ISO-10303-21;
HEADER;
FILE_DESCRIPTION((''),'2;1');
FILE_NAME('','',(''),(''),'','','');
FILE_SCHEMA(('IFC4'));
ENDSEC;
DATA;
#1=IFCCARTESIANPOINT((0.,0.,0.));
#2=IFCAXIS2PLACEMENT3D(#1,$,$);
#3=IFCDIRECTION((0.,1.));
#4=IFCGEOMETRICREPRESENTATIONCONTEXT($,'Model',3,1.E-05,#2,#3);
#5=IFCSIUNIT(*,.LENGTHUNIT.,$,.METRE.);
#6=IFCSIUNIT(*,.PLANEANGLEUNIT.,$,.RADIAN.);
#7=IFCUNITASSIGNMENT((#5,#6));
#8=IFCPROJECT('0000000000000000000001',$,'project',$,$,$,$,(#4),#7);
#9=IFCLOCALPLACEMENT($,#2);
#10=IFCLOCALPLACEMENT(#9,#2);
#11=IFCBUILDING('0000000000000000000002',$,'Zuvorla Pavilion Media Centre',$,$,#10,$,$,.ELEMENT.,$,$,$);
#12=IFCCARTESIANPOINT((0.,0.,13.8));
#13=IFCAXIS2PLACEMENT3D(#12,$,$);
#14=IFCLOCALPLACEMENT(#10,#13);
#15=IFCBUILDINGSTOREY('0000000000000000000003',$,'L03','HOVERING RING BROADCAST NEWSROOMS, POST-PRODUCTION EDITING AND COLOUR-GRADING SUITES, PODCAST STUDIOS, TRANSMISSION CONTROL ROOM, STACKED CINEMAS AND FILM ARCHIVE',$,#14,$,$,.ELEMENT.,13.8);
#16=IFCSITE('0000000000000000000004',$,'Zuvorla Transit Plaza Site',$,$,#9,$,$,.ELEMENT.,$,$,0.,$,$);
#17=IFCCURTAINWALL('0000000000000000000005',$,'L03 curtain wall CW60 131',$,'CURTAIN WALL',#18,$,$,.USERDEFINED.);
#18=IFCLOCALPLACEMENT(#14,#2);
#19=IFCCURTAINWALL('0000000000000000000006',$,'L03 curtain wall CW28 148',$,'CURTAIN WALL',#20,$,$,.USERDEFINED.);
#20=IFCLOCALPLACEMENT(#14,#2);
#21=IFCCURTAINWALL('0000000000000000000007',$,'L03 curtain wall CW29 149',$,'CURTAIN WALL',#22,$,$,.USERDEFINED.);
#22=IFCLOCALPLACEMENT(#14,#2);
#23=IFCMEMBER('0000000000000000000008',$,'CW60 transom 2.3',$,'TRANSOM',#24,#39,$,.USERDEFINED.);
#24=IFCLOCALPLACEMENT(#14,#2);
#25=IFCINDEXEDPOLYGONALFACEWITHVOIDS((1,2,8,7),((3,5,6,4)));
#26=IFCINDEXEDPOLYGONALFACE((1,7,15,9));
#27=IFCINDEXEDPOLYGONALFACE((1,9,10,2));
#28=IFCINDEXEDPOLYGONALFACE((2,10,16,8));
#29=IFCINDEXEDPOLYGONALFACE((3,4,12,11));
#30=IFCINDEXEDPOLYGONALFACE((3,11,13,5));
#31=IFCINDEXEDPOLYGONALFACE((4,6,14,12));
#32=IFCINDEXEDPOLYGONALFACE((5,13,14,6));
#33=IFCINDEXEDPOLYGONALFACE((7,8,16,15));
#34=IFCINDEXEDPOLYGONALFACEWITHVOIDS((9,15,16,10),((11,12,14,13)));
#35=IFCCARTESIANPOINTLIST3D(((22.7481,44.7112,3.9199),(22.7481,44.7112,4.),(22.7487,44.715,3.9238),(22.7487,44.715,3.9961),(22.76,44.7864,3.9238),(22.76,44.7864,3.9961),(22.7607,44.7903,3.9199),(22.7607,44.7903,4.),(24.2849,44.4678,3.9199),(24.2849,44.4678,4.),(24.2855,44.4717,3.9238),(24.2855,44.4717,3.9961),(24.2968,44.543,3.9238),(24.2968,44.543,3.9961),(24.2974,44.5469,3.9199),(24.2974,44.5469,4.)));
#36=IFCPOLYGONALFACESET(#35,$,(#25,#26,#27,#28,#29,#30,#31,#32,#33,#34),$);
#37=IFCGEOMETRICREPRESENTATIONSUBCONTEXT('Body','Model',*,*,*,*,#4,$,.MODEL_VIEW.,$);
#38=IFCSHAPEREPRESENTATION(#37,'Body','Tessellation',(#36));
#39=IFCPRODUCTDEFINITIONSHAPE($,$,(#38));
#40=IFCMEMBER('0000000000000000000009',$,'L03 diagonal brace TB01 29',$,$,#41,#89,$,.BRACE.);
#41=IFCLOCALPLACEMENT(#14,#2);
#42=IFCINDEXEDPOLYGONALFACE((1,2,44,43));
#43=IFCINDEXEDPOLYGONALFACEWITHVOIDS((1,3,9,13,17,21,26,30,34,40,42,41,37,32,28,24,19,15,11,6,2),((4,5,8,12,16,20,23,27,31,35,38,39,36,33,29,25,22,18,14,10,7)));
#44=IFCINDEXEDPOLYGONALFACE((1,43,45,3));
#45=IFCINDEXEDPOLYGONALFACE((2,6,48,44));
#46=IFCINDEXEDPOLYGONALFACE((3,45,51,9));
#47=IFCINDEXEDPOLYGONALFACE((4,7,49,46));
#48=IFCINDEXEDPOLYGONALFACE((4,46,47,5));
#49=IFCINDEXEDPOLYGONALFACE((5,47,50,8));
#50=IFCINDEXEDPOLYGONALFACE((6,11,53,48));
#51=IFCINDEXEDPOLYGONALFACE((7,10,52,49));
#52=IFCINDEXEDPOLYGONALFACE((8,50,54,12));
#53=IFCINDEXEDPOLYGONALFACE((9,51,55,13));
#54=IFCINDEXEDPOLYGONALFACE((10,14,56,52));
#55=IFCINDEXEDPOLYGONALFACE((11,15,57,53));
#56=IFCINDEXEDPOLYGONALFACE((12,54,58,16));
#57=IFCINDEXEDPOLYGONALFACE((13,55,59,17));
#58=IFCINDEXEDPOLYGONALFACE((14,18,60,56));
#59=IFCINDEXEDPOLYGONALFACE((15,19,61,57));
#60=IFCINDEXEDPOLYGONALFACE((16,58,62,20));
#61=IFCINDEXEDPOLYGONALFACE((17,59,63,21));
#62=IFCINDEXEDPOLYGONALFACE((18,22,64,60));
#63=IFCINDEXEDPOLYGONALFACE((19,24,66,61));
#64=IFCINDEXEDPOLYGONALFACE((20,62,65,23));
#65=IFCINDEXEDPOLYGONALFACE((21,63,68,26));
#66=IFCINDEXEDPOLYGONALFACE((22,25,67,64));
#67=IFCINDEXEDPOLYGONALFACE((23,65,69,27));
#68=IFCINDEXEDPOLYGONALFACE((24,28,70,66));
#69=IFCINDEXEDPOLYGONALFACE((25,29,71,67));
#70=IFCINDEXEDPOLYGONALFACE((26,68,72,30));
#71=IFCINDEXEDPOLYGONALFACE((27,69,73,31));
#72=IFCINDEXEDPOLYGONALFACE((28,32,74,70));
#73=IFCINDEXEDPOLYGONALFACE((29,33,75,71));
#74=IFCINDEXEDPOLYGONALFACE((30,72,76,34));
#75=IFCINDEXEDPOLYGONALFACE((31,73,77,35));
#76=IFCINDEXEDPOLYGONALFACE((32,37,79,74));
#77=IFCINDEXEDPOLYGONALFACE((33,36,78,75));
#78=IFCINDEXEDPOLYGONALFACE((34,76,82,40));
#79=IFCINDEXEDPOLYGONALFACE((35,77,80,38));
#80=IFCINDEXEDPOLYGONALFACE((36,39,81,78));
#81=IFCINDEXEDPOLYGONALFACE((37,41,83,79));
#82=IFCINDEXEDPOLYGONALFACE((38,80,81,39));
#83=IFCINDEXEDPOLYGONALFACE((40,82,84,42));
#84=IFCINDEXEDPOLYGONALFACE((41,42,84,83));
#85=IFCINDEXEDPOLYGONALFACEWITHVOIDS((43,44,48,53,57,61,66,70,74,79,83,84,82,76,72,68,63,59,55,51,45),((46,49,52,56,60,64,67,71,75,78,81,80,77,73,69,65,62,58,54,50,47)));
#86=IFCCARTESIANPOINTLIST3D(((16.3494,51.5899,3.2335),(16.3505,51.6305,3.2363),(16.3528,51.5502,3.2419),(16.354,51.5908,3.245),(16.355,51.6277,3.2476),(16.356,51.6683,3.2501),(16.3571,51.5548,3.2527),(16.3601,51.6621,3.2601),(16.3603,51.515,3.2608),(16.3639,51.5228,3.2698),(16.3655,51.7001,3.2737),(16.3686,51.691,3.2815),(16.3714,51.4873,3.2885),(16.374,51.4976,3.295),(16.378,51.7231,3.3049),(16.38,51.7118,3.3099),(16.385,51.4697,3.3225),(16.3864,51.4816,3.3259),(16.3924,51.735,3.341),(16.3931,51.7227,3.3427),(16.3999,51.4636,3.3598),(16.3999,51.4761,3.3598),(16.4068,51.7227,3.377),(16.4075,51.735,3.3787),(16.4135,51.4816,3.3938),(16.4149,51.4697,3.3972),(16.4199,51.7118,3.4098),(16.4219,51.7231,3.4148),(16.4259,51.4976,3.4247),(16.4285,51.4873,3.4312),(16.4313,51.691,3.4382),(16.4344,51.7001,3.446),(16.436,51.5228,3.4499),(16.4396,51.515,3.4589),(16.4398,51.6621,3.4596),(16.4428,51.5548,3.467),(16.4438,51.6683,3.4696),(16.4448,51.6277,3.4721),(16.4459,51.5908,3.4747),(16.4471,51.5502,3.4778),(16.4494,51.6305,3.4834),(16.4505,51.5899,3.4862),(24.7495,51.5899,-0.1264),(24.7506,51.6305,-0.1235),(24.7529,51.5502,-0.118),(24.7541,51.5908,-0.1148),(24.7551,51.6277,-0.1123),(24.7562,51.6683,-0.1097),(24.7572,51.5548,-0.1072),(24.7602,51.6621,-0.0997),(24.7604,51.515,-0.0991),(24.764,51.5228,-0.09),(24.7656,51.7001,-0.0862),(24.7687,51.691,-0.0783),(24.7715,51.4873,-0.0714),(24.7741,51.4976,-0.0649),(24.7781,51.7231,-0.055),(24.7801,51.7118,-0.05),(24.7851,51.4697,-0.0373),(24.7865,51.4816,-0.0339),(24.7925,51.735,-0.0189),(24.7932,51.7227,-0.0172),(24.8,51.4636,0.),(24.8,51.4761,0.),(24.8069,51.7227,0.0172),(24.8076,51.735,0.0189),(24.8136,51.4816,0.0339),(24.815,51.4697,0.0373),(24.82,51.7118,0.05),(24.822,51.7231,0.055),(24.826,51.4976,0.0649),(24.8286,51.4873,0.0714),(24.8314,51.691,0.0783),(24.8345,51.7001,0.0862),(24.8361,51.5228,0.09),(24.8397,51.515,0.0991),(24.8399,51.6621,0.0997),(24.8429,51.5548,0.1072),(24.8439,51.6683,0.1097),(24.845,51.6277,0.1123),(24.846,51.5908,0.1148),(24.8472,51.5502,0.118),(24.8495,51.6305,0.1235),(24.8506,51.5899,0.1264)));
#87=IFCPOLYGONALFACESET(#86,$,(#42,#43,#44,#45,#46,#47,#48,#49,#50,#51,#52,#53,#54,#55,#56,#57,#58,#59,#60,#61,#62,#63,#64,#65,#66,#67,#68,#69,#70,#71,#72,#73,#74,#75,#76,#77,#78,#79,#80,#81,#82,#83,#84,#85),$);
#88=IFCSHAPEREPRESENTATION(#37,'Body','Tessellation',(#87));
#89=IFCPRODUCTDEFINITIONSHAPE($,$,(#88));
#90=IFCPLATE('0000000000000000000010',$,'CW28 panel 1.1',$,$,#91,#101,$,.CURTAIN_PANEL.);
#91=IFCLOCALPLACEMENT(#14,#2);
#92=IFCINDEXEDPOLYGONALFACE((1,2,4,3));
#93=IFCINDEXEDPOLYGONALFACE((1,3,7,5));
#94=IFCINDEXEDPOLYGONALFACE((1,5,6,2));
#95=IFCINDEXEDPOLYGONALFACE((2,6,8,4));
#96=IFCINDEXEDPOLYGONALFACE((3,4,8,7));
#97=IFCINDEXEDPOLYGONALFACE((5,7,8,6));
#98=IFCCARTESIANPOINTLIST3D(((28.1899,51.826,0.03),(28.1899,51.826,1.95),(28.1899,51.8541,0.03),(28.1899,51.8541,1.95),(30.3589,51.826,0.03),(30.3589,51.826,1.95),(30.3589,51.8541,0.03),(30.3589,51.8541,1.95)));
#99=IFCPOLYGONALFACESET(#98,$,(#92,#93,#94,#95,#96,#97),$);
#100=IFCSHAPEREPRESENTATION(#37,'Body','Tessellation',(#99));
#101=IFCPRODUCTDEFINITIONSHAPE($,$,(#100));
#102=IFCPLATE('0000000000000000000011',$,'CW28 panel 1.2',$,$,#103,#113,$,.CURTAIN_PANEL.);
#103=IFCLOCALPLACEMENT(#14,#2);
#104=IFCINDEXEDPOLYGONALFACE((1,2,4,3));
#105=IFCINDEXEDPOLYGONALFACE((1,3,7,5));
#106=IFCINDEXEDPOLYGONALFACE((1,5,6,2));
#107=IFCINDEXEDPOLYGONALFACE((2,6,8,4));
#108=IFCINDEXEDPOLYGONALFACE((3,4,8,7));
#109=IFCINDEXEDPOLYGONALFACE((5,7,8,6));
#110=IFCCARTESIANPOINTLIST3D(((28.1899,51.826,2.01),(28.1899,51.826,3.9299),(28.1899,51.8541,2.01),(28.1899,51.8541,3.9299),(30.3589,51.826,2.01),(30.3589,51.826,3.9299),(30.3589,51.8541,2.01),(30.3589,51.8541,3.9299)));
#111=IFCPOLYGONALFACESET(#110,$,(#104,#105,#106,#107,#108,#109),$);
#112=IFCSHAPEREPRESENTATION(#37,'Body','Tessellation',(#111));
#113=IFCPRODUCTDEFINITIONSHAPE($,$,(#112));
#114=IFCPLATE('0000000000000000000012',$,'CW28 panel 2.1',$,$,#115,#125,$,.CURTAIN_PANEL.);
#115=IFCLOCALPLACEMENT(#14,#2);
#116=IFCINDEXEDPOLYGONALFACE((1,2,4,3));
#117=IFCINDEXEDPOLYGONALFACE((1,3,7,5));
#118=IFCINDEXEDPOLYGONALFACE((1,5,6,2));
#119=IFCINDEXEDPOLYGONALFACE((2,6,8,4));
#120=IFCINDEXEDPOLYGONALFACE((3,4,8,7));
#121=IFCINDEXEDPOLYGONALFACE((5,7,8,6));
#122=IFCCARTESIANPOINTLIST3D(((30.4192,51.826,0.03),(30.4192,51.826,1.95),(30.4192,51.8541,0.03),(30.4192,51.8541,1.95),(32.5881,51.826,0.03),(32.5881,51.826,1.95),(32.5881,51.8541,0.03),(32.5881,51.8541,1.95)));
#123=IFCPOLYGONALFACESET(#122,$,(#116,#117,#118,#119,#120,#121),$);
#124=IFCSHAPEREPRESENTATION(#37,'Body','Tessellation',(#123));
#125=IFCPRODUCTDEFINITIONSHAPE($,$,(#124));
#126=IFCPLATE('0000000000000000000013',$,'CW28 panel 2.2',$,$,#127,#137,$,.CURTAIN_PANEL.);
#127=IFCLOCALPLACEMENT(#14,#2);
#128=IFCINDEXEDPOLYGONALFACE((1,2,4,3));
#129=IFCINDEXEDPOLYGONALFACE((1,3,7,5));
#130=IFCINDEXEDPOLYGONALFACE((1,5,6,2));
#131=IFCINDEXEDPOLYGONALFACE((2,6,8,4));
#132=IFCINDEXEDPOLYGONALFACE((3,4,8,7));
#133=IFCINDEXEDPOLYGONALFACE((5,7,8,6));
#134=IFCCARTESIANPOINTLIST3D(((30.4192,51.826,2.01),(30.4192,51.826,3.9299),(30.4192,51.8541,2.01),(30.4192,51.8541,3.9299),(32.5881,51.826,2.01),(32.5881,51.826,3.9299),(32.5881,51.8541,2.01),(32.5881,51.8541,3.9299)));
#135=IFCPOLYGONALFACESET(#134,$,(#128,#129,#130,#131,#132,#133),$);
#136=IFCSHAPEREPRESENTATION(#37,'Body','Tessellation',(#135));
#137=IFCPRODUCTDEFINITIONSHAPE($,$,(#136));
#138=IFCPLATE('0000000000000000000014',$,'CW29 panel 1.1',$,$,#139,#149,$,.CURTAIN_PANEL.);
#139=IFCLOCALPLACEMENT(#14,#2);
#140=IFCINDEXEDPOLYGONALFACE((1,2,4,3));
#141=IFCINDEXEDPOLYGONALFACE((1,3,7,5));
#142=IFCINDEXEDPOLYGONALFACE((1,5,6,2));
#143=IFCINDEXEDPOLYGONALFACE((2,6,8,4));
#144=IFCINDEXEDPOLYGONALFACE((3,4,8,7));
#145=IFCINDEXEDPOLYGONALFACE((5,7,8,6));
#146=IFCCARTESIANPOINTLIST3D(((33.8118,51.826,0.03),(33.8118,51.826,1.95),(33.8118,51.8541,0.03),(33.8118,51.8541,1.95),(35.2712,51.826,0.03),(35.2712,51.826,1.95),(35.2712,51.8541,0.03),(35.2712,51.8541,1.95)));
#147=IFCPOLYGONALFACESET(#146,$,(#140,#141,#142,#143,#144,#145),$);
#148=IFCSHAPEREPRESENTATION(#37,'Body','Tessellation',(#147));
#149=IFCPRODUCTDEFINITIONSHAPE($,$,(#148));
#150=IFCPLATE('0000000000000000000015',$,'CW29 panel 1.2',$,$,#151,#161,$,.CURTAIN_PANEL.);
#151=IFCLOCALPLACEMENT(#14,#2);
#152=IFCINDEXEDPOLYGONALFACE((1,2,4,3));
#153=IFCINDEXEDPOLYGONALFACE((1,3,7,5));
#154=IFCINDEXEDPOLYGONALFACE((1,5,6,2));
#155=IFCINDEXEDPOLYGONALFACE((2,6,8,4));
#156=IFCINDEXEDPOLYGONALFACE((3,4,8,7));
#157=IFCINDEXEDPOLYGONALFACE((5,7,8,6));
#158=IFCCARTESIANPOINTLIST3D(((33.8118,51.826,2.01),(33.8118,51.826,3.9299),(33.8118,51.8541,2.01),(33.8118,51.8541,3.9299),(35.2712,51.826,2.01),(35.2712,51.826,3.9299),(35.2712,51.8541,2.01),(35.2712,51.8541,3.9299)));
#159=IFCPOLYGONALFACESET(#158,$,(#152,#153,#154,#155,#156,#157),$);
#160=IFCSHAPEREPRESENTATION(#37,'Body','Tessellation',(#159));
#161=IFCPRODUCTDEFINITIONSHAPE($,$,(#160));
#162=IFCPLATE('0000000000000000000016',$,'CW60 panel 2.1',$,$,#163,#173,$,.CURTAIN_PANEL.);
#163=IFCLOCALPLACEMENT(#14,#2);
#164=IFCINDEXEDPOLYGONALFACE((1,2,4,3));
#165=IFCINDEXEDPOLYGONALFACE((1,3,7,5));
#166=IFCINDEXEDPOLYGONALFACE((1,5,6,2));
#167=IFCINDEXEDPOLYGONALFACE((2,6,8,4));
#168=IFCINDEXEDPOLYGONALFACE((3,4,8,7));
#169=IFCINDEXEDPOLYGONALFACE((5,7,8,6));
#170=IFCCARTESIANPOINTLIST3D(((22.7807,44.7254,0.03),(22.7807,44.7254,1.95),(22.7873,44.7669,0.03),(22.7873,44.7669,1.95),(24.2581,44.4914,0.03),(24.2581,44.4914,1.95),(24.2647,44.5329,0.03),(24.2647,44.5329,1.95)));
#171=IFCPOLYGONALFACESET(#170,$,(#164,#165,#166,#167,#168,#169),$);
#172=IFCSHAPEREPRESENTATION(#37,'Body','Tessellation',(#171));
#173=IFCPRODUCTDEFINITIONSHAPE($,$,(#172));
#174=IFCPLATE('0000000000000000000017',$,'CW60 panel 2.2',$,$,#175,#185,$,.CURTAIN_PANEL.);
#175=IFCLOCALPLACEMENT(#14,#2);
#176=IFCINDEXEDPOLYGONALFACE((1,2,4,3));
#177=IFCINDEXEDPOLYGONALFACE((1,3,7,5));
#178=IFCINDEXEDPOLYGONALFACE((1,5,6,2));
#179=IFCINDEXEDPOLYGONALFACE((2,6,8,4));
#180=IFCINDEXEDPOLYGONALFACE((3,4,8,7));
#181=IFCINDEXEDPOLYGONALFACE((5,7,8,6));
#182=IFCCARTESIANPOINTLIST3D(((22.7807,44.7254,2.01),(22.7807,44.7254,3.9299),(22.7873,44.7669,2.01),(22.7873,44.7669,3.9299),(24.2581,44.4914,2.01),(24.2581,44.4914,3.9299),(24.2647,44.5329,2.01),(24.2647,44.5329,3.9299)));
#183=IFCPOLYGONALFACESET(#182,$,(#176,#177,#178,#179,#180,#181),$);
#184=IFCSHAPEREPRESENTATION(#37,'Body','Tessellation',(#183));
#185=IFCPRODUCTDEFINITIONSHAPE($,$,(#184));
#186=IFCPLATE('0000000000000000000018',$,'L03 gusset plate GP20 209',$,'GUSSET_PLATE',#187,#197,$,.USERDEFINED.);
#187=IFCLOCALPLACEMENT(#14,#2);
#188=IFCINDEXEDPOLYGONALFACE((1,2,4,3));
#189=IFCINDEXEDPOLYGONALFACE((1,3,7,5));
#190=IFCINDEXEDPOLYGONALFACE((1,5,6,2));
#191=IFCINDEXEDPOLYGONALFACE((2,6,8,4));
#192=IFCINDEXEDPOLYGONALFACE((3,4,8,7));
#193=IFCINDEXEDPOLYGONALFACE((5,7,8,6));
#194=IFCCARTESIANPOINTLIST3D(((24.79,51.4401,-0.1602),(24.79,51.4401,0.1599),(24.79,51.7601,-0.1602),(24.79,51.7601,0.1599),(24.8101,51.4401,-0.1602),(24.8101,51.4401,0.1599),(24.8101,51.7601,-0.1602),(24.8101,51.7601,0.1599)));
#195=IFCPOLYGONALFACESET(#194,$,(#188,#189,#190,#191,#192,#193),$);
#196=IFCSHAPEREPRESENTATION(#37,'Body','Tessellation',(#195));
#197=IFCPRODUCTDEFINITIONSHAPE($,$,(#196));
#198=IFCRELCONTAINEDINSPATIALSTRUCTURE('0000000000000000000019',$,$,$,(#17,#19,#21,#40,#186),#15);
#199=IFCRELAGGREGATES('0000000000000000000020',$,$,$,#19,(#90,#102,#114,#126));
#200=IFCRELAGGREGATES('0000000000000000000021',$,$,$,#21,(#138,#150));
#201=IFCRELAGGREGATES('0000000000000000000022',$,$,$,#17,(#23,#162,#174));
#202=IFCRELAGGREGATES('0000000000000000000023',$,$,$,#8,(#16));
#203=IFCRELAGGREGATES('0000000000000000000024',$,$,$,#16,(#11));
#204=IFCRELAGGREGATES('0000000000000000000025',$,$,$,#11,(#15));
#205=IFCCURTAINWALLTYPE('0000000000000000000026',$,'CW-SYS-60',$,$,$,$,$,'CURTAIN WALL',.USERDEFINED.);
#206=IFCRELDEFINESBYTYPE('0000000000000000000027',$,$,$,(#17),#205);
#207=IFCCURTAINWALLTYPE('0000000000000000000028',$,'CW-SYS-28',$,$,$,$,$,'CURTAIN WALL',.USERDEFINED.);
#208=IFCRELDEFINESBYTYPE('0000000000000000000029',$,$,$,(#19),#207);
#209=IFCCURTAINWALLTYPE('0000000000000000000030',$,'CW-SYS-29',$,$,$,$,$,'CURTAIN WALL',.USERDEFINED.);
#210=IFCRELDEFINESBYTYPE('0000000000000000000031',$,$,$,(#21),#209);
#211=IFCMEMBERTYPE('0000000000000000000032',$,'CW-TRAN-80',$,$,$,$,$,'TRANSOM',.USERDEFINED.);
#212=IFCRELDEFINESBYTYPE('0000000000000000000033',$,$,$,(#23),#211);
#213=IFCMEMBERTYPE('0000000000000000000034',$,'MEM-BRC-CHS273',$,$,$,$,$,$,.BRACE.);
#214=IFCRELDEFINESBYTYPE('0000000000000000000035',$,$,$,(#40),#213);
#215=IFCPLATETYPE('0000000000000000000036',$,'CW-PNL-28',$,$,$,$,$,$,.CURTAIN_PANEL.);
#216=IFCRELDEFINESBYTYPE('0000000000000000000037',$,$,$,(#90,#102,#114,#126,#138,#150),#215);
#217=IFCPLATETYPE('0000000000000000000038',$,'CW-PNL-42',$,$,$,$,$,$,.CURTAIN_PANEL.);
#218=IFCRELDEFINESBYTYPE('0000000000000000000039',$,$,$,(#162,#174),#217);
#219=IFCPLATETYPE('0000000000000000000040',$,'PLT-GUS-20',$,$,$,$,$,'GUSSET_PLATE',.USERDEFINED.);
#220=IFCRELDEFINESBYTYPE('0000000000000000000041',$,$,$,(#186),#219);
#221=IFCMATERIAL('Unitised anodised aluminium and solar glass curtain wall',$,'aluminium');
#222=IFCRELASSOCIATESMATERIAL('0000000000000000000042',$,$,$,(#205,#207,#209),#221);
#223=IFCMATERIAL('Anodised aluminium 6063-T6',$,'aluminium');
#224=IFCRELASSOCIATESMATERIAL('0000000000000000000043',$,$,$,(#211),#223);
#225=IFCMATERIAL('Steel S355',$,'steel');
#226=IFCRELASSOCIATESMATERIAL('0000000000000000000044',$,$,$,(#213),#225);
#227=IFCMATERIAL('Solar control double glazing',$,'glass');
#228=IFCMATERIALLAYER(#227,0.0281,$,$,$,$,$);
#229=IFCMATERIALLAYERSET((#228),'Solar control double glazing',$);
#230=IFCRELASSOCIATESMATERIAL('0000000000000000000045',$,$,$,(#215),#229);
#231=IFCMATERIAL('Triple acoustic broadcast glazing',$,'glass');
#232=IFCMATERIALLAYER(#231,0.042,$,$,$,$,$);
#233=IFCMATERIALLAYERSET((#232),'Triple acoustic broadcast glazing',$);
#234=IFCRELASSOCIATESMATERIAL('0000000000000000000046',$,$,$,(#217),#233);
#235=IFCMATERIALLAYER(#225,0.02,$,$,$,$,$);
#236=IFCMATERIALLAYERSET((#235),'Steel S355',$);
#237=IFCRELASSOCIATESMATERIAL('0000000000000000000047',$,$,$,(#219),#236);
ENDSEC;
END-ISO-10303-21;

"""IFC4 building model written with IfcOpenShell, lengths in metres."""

from ifc_helpers import new_model, si_unit, direction, frame, origin, origin_2d, place, context, subcontext, project, spatial, rectangle, hollow_rectangle, hollow_circle, extrude, material, layer, layer_set, material_profile, profile_set, type_object, element, aggregate, save


model = new_model("IFC4")

# Units and contexts
model_context = context("Model", 3, precision=1e-05, world=origin(), true_north=direction((0.0, 1.0)))
body_context = subcontext(model_context, "Body", "Model", "MODEL_VIEW")
ifc_project = project(units=[si_unit("LENGTHUNIT", "METRE"), si_unit("PLANEANGLEUNIT", "RADIAN")], contexts=[model_context])

# Site, building, storey
site_placement = place(None, origin())
site = spatial("IfcSite", under=ifc_project, at=site_placement, Name="Zuvorla Transit Plaza Site", CompositionType="ELEMENT", RefElevation=0.0)
building_placement = place(site_placement, origin())
building = spatial("IfcBuilding", under=site, at=building_placement, Name="Zuvorla Pavilion Media Centre", CompositionType="ELEMENT")
storey_placement = place(building_placement, frame((0.0, 0.0, 13.8)))
storey = spatial("IfcBuildingStorey", under=building, at=storey_placement, Name="L03", Description="HOVERING RING BROADCAST NEWSROOMS, POST-PRODUCTION EDITING AND COLOUR-GRADING SUITES, PODCAST STUDIOS, TRANSMISSION CONTROL ROOM, STACKED CINEMAS AND FILM ARCHIVE", CompositionType="ELEMENT", Elevation=13.8)

# Shared definitions
ifc_material_1 = material(Name="Steel S355", Category="steel")

# Curtain walls
ifc_material_2 = material(Name="Unitised anodised aluminium and solar glass curtain wall", Category="aluminium")
curtain_wall_type_1 = type_object("IfcCurtainWallType", Name="CW-SYS-60", ElementType="CURTAIN WALL", PredefinedType="USERDEFINED", material=ifc_material_2)
curtain_wall_1_placement = place(storey_placement, origin())
curtain_wall_1 = element("IfcCurtainWall", 1, at=curtain_wall_1_placement, inside=storey, type_object=curtain_wall_type_1, Name="L03 curtain wall CW60 131", ObjectType="CURTAIN WALL", PredefinedType="USERDEFINED")
ifc_material_3 = material(Name="Anodised aluminium 6063-T6", Category="aluminium")
curtain_wall_type_2 = type_object("IfcCurtainWallType", Name="CW-SYS-28", ElementType="CURTAIN WALL", PredefinedType="USERDEFINED", material=ifc_material_2)
curtain_wall_2_placement = place(storey_placement, origin())
curtain_wall_2 = element("IfcCurtainWall", 2, at=curtain_wall_2_placement, inside=storey, type_object=curtain_wall_type_2, Name="L03 curtain wall CW28 148", ObjectType="CURTAIN WALL", PredefinedType="USERDEFINED")
curtain_wall_type_3 = type_object("IfcCurtainWallType", Name="CW-SYS-29", ElementType="CURTAIN WALL", PredefinedType="USERDEFINED", material=ifc_material_2)
curtain_wall_3_placement = place(storey_placement, origin())
curtain_wall_3 = element("IfcCurtainWall", 3, at=curtain_wall_3_placement, inside=storey, type_object=curtain_wall_type_3, Name="L03 curtain wall CW29 149", ObjectType="CURTAIN WALL", PredefinedType="USERDEFINED")

# Members
ifc_material_profile_1 = material_profile(ifc_material_3, hollow_rectangle(XDim=0.0801, YDim=0.0801, WallThickness=0.0039, at=origin_2d()), Name="ALU TRAN 80x80")
ifc_profile_set_1 = profile_set([ifc_material_profile_1], Name="Anodised aluminium 6063-T6")
member_type_1 = type_object("IfcMemberType", Name="CW-TRAN-80", ElementType="TRANSOM", PredefinedType="USERDEFINED", material=ifc_profile_set_1)
member_1_placement = place(storey_placement, frame((22.7544, 44.7507, 3.96), z_axis=(0.987689, -0.15643, 0.0), x_axis=(0.15643, 0.987689, 0.0)))
member_1 = element("IfcMember", 4, at=member_1_placement, type_object=member_type_1, Name="CW60 transom 2.3", ObjectType="TRANSOM", PredefinedType="USERDEFINED", context=body_context, shape_type="SweptSolid", body=[
    extrude(hollow_rectangle(XDim=0.0801, YDim=0.0801, WallThickness=0.0039, at=origin_2d()), origin(), (0.0, 0.0, 1.0), 1.5559),
])
ifc_material_profile_2 = material_profile(ifc_material_1, hollow_circle(Radius=0.1365, WallThickness=0.0125, at=origin_2d()), Name="CHS 273x12.5")
ifc_profile_set_2 = profile_set([ifc_material_profile_2], Name="Steel S355")
member_type_2 = type_object("IfcMemberType", Name="MEM-BRC-CHS273", PredefinedType="BRACE", material=ifc_profile_set_2)
member_2_placement = place(storey_placement, frame((24.8, 51.6001, 0.0), z_axis=(-0.928484, 0.0, 0.371372), x_axis=(0.0, -1.0, 0.0)))
element("IfcMember", 5, at=member_2_placement, inside=storey, type_object=member_type_2, Name="L03 diagonal brace TB01 29", PredefinedType="BRACE", context=body_context, shape_type="SweptSolid", body=[
    extrude(hollow_circle(Radius=0.1365, WallThickness=0.0125, at=origin_2d()), origin(), (0.0, 0.0, 1.0), 9.0471),
])

# Plates
ifc_material_4 = material(Name="Solar control double glazing", Category="glass")
ifc_layer_1 = layer(ifc_material_4, 0.0281)
ifc_layer_set_1 = layer_set([ifc_layer_1], Name="Solar control double glazing")
plate_type_1 = type_object("IfcPlateType", Name="CW-PNL-28", PredefinedType="CURTAIN_PANEL", material=ifc_layer_set_1)
plate_1_placement = place(storey_placement, frame((29.2744, 51.8401, 0.03), z_axis=(0.0, 0.0, 1.0), x_axis=(1.0, 0.0, 0.0)))
plate_1 = element("IfcPlate", 6, at=plate_1_placement, type_object=plate_type_1, Name="CW28 panel 1.1", PredefinedType="CURTAIN_PANEL", context=body_context, shape_type="SweptSolid", body=[
    extrude(rectangle(XDim=2.1689, YDim=0.0281, at=origin_2d()), origin(), (0.0, 0.0, 1.0), 1.9199),
])
plate_2_placement = place(storey_placement, frame((29.2744, 51.8401, 2.01), z_axis=(0.0, 0.0, 1.0), x_axis=(1.0, 0.0, 0.0)))
plate_2 = element("IfcPlate", 7, at=plate_2_placement, type_object=plate_type_1, Name="CW28 panel 1.2", PredefinedType="CURTAIN_PANEL", context=body_context, shape_type="SweptSolid", body=[
    extrude(rectangle(XDim=2.1689, YDim=0.0281, at=origin_2d()), origin(), (0.0, 0.0, 1.0), 1.9199),
])
plate_3_placement = place(storey_placement, frame((31.5037, 51.8401, 0.03), z_axis=(0.0, 0.0, 1.0), x_axis=(1.0, 0.0, 0.0)))
plate_3 = element("IfcPlate", 8, at=plate_3_placement, type_object=plate_type_1, Name="CW28 panel 2.1", PredefinedType="CURTAIN_PANEL", context=body_context, shape_type="SweptSolid", body=[
    extrude(rectangle(XDim=2.1689, YDim=0.0281, at=origin_2d()), origin(), (0.0, 0.0, 1.0), 1.9199),
])
plate_4_placement = place(storey_placement, frame((31.5037, 51.8401, 2.01), z_axis=(0.0, 0.0, 1.0), x_axis=(1.0, 0.0, 0.0)))
plate_4 = element("IfcPlate", 9, at=plate_4_placement, type_object=plate_type_1, Name="CW28 panel 2.2", PredefinedType="CURTAIN_PANEL", context=body_context, shape_type="SweptSolid", body=[
    extrude(rectangle(XDim=2.1689, YDim=0.0281, at=origin_2d()), origin(), (0.0, 0.0, 1.0), 1.9199),
])
aggregate(curtain_wall_2, [plate_1, plate_2, plate_3, plate_4])
plate_5_placement = place(storey_placement, frame((34.5415, 51.8401, 0.03), z_axis=(0.0, 0.0, 1.0), x_axis=(1.0, 0.0, 0.0)))
plate_5 = element("IfcPlate", 10, at=plate_5_placement, type_object=plate_type_1, Name="CW29 panel 1.1", PredefinedType="CURTAIN_PANEL", context=body_context, shape_type="SweptSolid", body=[
    extrude(rectangle(XDim=1.4595, YDim=0.0281, at=origin_2d()), origin(), (0.0, 0.0, 1.0), 1.9199),
])
plate_6_placement = place(storey_placement, frame((34.5415, 51.8401, 2.01), z_axis=(0.0, 0.0, 1.0), x_axis=(1.0, 0.0, 0.0)))
plate_6 = element("IfcPlate", 11, at=plate_6_placement, type_object=plate_type_1, Name="CW29 panel 1.2", PredefinedType="CURTAIN_PANEL", context=body_context, shape_type="SweptSolid", body=[
    extrude(rectangle(XDim=1.4595, YDim=0.0281, at=origin_2d()), origin(), (0.0, 0.0, 1.0), 1.9199),
])
aggregate(curtain_wall_3, [plate_5, plate_6])
ifc_material_5 = material(Name="Triple acoustic broadcast glazing", Category="glass")
ifc_layer_2 = layer(ifc_material_5, 0.042)
ifc_layer_set_2 = layer_set([ifc_layer_2], Name="Triple acoustic broadcast glazing")
plate_type_2 = type_object("IfcPlateType", Name="CW-PNL-42", PredefinedType="CURTAIN_PANEL", material=ifc_layer_set_2)
plate_7_placement = place(storey_placement, frame((23.5227, 44.6292, 0.03), z_axis=(0.0, 0.0, 1.0), x_axis=(0.987689, -0.156431, 0.0)))
plate_7 = element("IfcPlate", 12, at=plate_7_placement, type_object=plate_type_2, Name="CW60 panel 2.1", PredefinedType="CURTAIN_PANEL", context=body_context, shape_type="SweptSolid", body=[
    extrude(rectangle(XDim=1.4958, YDim=0.042, at=origin_2d()), origin(), (0.0, 0.0, 1.0), 1.9199),
])
plate_8_placement = place(storey_placement, frame((23.5227, 44.6292, 2.01), z_axis=(0.0, 0.0, 1.0), x_axis=(0.987689, -0.156431, 0.0)))
plate_8 = element("IfcPlate", 13, at=plate_8_placement, type_object=plate_type_2, Name="CW60 panel 2.2", PredefinedType="CURTAIN_PANEL", context=body_context, shape_type="SweptSolid", body=[
    extrude(rectangle(XDim=1.4958, YDim=0.042, at=origin_2d()), origin(), (0.0, 0.0, 1.0), 1.9199),
])
aggregate(curtain_wall_1, [member_1, plate_7, plate_8])
ifc_layer_3 = layer(ifc_material_1, 0.02)
ifc_layer_set_3 = layer_set([ifc_layer_3], Name="Steel S355")
plate_type_3 = type_object("IfcPlateType", Name="PLT-GUS-20", ElementType="GUSSET_PLATE", PredefinedType="USERDEFINED", material=ifc_layer_set_3)
plate_9_placement = place(storey_placement, frame((24.8, 51.6001, -0.1602), z_axis=(0.0, 0.0, 1.0), x_axis=(1.0, 0.0, 0.0)))
element("IfcPlate", 14, at=plate_9_placement, inside=storey, type_object=plate_type_3, Name="L03 gusset plate GP20 209", ObjectType="GUSSET_PLATE", PredefinedType="USERDEFINED", context=body_context, shape_type="SweptSolid", body=[
    extrude(rectangle(XDim=0.02, YDim=0.3201, at=origin_2d()), origin(), (0.0, 0.0, 1.0), 0.3201),
])

save(model, "model.ifc")
